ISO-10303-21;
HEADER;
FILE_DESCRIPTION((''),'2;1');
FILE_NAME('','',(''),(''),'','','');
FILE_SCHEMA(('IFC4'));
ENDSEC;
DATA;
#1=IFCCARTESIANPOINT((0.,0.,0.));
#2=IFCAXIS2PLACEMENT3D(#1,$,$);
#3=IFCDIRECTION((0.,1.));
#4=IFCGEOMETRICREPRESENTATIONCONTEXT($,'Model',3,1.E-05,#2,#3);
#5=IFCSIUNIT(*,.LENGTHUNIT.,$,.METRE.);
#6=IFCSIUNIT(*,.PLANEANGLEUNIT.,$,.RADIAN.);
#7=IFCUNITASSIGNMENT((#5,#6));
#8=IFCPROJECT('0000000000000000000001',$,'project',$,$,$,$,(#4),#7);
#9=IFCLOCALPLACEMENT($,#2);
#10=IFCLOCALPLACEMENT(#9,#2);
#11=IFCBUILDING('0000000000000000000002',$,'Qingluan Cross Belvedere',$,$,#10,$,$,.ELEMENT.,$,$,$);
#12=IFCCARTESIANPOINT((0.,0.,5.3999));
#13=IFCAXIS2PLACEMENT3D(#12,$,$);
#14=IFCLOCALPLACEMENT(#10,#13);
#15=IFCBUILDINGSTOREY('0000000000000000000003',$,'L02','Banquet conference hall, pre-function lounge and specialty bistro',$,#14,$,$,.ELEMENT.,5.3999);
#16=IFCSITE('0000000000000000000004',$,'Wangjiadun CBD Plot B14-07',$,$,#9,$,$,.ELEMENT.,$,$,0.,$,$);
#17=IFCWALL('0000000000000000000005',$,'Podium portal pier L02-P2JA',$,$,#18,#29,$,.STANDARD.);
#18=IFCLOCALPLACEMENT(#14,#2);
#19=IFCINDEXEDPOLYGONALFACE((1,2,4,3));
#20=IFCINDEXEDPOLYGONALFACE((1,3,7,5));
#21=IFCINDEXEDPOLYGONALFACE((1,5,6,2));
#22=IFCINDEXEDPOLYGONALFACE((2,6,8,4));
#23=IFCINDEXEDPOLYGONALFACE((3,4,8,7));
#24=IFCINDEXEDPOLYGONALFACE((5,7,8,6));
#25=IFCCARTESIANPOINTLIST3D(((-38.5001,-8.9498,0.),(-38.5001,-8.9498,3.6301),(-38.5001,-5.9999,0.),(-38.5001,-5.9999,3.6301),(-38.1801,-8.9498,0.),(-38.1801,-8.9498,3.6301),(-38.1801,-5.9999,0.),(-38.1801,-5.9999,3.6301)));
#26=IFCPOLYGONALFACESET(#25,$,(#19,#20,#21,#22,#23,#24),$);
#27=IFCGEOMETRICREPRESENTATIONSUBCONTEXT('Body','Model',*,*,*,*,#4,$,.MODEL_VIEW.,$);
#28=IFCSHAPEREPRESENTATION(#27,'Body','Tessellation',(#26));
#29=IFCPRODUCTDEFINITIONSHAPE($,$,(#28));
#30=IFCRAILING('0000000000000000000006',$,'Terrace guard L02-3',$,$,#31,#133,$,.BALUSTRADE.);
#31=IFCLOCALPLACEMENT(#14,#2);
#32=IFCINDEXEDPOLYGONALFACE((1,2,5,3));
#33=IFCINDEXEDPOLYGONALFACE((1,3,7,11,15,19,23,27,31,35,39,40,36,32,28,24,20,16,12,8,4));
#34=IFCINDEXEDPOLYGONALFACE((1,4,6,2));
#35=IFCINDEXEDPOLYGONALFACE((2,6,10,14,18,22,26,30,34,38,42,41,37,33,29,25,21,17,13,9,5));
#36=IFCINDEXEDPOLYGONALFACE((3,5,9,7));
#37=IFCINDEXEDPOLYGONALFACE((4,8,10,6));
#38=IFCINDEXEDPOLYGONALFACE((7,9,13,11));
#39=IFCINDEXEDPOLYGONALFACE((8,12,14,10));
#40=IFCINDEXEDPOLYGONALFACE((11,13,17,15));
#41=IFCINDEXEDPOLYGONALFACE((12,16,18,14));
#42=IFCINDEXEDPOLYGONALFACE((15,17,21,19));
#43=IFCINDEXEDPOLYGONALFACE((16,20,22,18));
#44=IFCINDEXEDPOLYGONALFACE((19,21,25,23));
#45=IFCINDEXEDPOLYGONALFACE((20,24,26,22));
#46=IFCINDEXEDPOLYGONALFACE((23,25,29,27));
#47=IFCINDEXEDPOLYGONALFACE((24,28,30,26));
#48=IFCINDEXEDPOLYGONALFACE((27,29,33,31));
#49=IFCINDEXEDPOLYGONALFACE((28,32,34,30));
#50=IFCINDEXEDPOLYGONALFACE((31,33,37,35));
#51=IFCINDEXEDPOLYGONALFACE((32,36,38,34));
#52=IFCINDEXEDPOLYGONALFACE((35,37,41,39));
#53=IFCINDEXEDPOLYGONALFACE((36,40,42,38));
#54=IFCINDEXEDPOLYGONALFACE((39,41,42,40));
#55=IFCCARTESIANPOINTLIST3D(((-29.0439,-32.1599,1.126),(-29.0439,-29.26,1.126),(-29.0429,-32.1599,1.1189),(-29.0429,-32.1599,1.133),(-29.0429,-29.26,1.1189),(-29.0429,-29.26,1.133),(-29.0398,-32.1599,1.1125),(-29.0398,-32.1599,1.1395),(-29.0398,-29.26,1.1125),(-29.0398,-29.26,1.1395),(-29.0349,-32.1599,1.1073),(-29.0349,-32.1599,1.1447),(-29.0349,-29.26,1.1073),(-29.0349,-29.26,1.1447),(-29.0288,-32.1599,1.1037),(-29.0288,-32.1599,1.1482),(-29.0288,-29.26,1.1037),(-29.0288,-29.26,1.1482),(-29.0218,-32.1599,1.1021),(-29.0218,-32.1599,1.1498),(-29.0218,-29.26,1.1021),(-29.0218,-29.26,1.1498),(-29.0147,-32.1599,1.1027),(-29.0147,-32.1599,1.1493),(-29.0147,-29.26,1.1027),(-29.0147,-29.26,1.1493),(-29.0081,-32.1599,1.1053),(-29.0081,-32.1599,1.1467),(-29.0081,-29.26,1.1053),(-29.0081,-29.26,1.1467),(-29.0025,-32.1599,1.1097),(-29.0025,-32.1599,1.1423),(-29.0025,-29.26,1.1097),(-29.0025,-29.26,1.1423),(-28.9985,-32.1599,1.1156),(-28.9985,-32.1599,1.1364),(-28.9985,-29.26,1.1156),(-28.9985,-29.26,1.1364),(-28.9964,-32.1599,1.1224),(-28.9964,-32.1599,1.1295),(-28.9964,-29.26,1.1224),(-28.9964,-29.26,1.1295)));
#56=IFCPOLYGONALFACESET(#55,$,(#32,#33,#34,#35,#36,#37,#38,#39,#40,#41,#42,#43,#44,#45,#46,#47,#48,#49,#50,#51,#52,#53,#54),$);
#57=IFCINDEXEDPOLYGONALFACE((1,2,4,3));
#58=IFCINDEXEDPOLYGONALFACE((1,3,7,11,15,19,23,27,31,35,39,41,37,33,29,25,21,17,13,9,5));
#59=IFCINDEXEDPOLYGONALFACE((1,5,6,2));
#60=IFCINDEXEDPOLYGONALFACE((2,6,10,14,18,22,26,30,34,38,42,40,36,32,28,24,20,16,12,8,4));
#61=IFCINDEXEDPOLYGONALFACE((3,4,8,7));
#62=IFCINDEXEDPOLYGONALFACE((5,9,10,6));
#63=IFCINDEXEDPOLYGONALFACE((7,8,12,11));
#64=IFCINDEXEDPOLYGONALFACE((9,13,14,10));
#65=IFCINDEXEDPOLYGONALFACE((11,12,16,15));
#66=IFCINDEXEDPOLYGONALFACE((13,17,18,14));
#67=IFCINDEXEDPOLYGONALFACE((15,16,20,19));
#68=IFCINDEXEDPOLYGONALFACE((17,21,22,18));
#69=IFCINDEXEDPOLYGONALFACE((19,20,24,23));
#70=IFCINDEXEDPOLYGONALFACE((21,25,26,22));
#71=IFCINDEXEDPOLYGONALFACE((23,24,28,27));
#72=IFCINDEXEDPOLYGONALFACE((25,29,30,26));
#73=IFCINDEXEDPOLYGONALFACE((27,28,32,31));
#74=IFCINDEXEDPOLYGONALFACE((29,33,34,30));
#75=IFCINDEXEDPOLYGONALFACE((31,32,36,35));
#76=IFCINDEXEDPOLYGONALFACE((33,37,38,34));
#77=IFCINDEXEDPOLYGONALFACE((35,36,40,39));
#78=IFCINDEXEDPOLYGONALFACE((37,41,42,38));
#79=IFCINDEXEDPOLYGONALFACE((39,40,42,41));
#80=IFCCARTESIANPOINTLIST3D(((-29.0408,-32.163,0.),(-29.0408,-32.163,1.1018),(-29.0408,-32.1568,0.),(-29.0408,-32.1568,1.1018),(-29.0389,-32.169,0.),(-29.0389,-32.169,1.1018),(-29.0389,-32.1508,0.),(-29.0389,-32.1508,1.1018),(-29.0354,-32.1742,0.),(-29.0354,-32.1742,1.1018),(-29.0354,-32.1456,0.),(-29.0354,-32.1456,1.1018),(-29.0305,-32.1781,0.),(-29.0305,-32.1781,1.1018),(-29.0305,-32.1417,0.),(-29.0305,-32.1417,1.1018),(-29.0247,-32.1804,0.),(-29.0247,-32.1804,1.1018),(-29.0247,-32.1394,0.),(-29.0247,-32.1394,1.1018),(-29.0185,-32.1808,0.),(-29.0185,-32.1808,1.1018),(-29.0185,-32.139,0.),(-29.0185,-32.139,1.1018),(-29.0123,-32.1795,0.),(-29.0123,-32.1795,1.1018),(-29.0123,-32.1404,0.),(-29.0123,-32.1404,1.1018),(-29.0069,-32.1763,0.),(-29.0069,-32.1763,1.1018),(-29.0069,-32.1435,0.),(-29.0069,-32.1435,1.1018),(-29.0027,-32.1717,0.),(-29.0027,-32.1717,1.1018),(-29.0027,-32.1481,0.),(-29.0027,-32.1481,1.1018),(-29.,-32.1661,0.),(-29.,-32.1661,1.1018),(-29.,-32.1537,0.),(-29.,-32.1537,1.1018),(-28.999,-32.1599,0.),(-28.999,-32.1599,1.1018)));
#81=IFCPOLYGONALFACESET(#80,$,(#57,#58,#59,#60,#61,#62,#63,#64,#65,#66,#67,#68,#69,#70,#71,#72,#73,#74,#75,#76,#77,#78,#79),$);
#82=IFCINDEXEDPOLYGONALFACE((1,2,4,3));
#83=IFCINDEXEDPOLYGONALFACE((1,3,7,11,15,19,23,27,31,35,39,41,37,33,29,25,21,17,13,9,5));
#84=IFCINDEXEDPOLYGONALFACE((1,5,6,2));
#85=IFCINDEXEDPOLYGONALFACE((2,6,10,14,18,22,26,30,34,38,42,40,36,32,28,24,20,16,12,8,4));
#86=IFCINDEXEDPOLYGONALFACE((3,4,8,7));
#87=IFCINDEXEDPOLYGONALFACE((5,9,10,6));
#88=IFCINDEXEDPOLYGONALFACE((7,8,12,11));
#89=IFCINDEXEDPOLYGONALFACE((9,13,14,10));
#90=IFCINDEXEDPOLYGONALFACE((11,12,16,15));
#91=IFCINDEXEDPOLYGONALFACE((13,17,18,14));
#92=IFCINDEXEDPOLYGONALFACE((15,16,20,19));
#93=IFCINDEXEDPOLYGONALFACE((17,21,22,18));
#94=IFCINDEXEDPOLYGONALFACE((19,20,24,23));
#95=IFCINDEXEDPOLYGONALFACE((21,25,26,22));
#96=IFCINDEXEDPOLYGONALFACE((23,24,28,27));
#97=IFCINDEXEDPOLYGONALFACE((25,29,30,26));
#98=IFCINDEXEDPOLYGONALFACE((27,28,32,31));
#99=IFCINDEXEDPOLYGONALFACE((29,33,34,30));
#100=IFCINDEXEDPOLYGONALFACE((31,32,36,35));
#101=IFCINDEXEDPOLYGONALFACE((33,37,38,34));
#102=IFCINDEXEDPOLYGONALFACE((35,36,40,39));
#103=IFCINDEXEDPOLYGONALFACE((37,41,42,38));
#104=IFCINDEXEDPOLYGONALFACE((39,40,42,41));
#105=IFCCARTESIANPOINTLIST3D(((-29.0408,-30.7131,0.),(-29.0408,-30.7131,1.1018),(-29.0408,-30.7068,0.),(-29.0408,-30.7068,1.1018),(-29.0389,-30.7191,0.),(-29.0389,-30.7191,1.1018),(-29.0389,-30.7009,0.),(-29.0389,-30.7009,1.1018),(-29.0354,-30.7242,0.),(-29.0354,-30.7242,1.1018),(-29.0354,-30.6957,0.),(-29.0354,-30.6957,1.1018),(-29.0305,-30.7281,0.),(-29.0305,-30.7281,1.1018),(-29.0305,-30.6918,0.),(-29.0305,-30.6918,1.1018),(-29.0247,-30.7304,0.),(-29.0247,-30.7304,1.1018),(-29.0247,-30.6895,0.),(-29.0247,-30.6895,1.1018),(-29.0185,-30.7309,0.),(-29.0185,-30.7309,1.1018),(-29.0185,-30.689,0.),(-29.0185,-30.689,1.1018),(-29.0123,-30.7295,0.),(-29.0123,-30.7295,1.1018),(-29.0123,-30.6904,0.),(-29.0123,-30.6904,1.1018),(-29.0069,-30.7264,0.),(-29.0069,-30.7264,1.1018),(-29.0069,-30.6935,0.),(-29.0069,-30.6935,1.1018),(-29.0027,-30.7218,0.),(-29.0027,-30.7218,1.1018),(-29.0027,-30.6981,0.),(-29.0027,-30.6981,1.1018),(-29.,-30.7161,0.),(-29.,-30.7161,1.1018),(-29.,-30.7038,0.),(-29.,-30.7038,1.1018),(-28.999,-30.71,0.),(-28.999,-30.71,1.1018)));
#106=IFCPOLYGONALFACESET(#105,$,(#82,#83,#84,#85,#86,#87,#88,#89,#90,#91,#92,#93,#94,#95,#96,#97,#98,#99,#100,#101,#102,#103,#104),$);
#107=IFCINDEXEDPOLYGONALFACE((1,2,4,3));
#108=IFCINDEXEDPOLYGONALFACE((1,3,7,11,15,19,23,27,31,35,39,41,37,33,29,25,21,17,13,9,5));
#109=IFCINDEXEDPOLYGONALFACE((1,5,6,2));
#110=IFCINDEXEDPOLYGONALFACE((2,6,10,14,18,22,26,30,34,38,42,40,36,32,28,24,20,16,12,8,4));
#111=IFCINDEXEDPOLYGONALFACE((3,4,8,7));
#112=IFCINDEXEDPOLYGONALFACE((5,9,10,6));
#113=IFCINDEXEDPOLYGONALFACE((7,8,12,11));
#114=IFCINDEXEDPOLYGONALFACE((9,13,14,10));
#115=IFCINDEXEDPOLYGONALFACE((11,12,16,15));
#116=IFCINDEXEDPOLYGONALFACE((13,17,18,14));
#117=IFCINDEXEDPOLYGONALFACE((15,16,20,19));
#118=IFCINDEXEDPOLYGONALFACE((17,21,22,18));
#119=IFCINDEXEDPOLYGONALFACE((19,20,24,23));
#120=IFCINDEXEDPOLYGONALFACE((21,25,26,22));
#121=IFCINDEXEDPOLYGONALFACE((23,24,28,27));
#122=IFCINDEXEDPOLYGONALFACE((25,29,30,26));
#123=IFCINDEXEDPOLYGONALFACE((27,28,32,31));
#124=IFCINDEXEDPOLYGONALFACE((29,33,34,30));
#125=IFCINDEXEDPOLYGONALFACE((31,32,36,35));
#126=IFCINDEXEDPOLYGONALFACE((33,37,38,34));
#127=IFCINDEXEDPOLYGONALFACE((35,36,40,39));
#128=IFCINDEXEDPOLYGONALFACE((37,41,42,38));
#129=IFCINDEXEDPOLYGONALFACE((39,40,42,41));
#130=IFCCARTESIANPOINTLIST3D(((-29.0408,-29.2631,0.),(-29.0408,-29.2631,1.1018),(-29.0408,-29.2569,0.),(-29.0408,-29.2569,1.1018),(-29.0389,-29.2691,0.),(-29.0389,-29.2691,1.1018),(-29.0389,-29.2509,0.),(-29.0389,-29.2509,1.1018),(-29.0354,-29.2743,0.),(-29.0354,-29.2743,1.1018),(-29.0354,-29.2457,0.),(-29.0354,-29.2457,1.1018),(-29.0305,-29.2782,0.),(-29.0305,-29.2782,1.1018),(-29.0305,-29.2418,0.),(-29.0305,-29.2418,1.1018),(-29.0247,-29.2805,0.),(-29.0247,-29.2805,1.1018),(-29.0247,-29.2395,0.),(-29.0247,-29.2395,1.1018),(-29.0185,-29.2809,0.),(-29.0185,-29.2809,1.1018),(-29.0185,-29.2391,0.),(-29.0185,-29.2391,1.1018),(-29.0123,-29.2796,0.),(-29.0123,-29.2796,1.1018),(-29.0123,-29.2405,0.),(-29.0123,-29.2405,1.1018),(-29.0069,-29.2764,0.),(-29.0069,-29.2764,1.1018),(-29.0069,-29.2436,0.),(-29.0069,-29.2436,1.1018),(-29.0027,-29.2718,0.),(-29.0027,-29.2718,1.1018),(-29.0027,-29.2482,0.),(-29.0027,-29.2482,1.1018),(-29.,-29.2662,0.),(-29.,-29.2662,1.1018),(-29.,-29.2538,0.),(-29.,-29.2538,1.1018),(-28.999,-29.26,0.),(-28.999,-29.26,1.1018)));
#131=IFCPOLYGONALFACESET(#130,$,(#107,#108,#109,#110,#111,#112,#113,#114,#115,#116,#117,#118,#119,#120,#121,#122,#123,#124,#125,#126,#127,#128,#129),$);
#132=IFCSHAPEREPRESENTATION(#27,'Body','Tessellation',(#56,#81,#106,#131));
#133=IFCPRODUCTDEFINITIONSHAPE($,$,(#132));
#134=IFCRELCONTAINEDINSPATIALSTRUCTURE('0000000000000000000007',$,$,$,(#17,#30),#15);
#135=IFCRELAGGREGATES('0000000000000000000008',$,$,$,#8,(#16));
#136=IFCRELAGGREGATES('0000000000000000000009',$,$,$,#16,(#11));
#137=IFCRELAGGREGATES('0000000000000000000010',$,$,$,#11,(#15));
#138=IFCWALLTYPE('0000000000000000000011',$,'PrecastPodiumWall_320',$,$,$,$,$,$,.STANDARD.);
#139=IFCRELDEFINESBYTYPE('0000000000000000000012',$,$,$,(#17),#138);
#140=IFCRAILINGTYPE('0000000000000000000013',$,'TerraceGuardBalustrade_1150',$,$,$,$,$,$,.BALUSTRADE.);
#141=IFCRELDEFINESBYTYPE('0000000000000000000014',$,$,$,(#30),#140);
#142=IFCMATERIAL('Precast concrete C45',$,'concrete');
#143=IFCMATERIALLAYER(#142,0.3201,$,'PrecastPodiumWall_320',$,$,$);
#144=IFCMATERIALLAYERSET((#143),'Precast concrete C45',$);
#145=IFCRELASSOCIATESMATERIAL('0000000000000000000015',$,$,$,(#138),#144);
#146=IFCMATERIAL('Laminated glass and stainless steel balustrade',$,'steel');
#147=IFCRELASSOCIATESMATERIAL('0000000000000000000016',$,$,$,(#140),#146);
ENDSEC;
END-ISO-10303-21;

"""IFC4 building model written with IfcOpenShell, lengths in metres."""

from ifc_helpers import new_model, si_unit, direction, frame, frame_2d, origin, origin_2d, place, context, subcontext, project, spatial, rectangle, circle, extrude, material, layer, layer_set, type_object, element, save


model = new_model("IFC4")

# Units and contexts
model_context = context("Model", 3, precision=1e-05, world=origin(), true_north=direction((0.0, 1.0)))
body_context = subcontext(model_context, "Body", "Model", "MODEL_VIEW")
ifc_project = project(units=[si_unit("LENGTHUNIT", "METRE"), si_unit("PLANEANGLEUNIT", "RADIAN")], contexts=[model_context])

# Site, building, storey
site_placement = place(None, origin())
site = spatial("IfcSite", under=ifc_project, at=site_placement, Name="Wangjiadun CBD Plot B14-07", CompositionType="ELEMENT", RefElevation=0.0)
building_placement = place(site_placement, origin())
building = spatial("IfcBuilding", under=site, at=building_placement, Name="Qingluan Cross Belvedere", CompositionType="ELEMENT")
storey_placement = place(building_placement, frame((0.0, 0.0, 5.3999)))
storey = spatial("IfcBuildingStorey", under=building, at=storey_placement, Name="L02", Description="Banquet conference hall, pre-function lounge and specialty bistro", CompositionType="ELEMENT", Elevation=5.3999)

# Shared definitions
ifc_material_1 = material(Name="Precast concrete C45", Category="concrete")
ifc_layer_1 = layer(ifc_material_1, 0.3201, Name="PrecastPodiumWall_320")
ifc_layer_set_1 = layer_set([ifc_layer_1], Name="Precast concrete C45")
wall_type = type_object("IfcWallType", Name="PrecastPodiumWall_320", PredefinedType="STANDARD", material=ifc_layer_set_1)

# Wall
wall_1_placement = place(storey_placement, frame((-38.3401, -8.95, 0.0), z_axis=(0.0, 0.0, 1.0), x_axis=(0.0, 1.0, 0.0)))
element("IfcWall", 1, at=wall_1_placement, inside=storey, type_object=wall_type, Name="Podium portal pier L02-P2JA", PredefinedType="STANDARD", context=body_context, shape_type="SweptSolid", body=[
    extrude(rectangle(XDim=2.95, YDim=0.3201, at=frame_2d((1.4751, 0.0))), origin(), (0.0, 0.0, 1.0), 3.6301),
])

# Railing
ifc_material_2 = material(Name="Laminated glass and stainless steel balustrade", Category="steel")
railing_type = type_object("IfcRailingType", Name="TerraceGuardBalustrade_1150", PredefinedType="BALUSTRADE", material=ifc_material_2)
railing_1_placement = place(storey_placement, frame((-29.02, -32.1599, 0.0)))
element("IfcRailing", 2, at=railing_1_placement, inside=storey, type_object=railing_type, Name="Terrace guard L02-3", PredefinedType="BALUSTRADE", context=body_context, shape_type="SweptSolid", body=[
    extrude(circle(Radius=0.0239, at=origin_2d()), frame((0.0, 0.0, 1.126), z_axis=(0.0, 1.0, 0.0), x_axis=(-1.0, 0.0, 0.0)), (0.0, 0.0, 1.0), 2.8999),
    extrude(circle(Radius=0.021, at=origin_2d()), origin(), (0.0, 0.0, 1.0), 1.1018),
    extrude(circle(Radius=0.021, at=origin_2d()), frame((0.0, 1.45, 0.0)), (0.0, 0.0, 1.0), 1.1018),
    extrude(circle(Radius=0.021, at=origin_2d()), frame((0.0, 2.8999, 0.0)), (0.0, 0.0, 1.0), 1.1018),
])

save(model, "model.ifc")
